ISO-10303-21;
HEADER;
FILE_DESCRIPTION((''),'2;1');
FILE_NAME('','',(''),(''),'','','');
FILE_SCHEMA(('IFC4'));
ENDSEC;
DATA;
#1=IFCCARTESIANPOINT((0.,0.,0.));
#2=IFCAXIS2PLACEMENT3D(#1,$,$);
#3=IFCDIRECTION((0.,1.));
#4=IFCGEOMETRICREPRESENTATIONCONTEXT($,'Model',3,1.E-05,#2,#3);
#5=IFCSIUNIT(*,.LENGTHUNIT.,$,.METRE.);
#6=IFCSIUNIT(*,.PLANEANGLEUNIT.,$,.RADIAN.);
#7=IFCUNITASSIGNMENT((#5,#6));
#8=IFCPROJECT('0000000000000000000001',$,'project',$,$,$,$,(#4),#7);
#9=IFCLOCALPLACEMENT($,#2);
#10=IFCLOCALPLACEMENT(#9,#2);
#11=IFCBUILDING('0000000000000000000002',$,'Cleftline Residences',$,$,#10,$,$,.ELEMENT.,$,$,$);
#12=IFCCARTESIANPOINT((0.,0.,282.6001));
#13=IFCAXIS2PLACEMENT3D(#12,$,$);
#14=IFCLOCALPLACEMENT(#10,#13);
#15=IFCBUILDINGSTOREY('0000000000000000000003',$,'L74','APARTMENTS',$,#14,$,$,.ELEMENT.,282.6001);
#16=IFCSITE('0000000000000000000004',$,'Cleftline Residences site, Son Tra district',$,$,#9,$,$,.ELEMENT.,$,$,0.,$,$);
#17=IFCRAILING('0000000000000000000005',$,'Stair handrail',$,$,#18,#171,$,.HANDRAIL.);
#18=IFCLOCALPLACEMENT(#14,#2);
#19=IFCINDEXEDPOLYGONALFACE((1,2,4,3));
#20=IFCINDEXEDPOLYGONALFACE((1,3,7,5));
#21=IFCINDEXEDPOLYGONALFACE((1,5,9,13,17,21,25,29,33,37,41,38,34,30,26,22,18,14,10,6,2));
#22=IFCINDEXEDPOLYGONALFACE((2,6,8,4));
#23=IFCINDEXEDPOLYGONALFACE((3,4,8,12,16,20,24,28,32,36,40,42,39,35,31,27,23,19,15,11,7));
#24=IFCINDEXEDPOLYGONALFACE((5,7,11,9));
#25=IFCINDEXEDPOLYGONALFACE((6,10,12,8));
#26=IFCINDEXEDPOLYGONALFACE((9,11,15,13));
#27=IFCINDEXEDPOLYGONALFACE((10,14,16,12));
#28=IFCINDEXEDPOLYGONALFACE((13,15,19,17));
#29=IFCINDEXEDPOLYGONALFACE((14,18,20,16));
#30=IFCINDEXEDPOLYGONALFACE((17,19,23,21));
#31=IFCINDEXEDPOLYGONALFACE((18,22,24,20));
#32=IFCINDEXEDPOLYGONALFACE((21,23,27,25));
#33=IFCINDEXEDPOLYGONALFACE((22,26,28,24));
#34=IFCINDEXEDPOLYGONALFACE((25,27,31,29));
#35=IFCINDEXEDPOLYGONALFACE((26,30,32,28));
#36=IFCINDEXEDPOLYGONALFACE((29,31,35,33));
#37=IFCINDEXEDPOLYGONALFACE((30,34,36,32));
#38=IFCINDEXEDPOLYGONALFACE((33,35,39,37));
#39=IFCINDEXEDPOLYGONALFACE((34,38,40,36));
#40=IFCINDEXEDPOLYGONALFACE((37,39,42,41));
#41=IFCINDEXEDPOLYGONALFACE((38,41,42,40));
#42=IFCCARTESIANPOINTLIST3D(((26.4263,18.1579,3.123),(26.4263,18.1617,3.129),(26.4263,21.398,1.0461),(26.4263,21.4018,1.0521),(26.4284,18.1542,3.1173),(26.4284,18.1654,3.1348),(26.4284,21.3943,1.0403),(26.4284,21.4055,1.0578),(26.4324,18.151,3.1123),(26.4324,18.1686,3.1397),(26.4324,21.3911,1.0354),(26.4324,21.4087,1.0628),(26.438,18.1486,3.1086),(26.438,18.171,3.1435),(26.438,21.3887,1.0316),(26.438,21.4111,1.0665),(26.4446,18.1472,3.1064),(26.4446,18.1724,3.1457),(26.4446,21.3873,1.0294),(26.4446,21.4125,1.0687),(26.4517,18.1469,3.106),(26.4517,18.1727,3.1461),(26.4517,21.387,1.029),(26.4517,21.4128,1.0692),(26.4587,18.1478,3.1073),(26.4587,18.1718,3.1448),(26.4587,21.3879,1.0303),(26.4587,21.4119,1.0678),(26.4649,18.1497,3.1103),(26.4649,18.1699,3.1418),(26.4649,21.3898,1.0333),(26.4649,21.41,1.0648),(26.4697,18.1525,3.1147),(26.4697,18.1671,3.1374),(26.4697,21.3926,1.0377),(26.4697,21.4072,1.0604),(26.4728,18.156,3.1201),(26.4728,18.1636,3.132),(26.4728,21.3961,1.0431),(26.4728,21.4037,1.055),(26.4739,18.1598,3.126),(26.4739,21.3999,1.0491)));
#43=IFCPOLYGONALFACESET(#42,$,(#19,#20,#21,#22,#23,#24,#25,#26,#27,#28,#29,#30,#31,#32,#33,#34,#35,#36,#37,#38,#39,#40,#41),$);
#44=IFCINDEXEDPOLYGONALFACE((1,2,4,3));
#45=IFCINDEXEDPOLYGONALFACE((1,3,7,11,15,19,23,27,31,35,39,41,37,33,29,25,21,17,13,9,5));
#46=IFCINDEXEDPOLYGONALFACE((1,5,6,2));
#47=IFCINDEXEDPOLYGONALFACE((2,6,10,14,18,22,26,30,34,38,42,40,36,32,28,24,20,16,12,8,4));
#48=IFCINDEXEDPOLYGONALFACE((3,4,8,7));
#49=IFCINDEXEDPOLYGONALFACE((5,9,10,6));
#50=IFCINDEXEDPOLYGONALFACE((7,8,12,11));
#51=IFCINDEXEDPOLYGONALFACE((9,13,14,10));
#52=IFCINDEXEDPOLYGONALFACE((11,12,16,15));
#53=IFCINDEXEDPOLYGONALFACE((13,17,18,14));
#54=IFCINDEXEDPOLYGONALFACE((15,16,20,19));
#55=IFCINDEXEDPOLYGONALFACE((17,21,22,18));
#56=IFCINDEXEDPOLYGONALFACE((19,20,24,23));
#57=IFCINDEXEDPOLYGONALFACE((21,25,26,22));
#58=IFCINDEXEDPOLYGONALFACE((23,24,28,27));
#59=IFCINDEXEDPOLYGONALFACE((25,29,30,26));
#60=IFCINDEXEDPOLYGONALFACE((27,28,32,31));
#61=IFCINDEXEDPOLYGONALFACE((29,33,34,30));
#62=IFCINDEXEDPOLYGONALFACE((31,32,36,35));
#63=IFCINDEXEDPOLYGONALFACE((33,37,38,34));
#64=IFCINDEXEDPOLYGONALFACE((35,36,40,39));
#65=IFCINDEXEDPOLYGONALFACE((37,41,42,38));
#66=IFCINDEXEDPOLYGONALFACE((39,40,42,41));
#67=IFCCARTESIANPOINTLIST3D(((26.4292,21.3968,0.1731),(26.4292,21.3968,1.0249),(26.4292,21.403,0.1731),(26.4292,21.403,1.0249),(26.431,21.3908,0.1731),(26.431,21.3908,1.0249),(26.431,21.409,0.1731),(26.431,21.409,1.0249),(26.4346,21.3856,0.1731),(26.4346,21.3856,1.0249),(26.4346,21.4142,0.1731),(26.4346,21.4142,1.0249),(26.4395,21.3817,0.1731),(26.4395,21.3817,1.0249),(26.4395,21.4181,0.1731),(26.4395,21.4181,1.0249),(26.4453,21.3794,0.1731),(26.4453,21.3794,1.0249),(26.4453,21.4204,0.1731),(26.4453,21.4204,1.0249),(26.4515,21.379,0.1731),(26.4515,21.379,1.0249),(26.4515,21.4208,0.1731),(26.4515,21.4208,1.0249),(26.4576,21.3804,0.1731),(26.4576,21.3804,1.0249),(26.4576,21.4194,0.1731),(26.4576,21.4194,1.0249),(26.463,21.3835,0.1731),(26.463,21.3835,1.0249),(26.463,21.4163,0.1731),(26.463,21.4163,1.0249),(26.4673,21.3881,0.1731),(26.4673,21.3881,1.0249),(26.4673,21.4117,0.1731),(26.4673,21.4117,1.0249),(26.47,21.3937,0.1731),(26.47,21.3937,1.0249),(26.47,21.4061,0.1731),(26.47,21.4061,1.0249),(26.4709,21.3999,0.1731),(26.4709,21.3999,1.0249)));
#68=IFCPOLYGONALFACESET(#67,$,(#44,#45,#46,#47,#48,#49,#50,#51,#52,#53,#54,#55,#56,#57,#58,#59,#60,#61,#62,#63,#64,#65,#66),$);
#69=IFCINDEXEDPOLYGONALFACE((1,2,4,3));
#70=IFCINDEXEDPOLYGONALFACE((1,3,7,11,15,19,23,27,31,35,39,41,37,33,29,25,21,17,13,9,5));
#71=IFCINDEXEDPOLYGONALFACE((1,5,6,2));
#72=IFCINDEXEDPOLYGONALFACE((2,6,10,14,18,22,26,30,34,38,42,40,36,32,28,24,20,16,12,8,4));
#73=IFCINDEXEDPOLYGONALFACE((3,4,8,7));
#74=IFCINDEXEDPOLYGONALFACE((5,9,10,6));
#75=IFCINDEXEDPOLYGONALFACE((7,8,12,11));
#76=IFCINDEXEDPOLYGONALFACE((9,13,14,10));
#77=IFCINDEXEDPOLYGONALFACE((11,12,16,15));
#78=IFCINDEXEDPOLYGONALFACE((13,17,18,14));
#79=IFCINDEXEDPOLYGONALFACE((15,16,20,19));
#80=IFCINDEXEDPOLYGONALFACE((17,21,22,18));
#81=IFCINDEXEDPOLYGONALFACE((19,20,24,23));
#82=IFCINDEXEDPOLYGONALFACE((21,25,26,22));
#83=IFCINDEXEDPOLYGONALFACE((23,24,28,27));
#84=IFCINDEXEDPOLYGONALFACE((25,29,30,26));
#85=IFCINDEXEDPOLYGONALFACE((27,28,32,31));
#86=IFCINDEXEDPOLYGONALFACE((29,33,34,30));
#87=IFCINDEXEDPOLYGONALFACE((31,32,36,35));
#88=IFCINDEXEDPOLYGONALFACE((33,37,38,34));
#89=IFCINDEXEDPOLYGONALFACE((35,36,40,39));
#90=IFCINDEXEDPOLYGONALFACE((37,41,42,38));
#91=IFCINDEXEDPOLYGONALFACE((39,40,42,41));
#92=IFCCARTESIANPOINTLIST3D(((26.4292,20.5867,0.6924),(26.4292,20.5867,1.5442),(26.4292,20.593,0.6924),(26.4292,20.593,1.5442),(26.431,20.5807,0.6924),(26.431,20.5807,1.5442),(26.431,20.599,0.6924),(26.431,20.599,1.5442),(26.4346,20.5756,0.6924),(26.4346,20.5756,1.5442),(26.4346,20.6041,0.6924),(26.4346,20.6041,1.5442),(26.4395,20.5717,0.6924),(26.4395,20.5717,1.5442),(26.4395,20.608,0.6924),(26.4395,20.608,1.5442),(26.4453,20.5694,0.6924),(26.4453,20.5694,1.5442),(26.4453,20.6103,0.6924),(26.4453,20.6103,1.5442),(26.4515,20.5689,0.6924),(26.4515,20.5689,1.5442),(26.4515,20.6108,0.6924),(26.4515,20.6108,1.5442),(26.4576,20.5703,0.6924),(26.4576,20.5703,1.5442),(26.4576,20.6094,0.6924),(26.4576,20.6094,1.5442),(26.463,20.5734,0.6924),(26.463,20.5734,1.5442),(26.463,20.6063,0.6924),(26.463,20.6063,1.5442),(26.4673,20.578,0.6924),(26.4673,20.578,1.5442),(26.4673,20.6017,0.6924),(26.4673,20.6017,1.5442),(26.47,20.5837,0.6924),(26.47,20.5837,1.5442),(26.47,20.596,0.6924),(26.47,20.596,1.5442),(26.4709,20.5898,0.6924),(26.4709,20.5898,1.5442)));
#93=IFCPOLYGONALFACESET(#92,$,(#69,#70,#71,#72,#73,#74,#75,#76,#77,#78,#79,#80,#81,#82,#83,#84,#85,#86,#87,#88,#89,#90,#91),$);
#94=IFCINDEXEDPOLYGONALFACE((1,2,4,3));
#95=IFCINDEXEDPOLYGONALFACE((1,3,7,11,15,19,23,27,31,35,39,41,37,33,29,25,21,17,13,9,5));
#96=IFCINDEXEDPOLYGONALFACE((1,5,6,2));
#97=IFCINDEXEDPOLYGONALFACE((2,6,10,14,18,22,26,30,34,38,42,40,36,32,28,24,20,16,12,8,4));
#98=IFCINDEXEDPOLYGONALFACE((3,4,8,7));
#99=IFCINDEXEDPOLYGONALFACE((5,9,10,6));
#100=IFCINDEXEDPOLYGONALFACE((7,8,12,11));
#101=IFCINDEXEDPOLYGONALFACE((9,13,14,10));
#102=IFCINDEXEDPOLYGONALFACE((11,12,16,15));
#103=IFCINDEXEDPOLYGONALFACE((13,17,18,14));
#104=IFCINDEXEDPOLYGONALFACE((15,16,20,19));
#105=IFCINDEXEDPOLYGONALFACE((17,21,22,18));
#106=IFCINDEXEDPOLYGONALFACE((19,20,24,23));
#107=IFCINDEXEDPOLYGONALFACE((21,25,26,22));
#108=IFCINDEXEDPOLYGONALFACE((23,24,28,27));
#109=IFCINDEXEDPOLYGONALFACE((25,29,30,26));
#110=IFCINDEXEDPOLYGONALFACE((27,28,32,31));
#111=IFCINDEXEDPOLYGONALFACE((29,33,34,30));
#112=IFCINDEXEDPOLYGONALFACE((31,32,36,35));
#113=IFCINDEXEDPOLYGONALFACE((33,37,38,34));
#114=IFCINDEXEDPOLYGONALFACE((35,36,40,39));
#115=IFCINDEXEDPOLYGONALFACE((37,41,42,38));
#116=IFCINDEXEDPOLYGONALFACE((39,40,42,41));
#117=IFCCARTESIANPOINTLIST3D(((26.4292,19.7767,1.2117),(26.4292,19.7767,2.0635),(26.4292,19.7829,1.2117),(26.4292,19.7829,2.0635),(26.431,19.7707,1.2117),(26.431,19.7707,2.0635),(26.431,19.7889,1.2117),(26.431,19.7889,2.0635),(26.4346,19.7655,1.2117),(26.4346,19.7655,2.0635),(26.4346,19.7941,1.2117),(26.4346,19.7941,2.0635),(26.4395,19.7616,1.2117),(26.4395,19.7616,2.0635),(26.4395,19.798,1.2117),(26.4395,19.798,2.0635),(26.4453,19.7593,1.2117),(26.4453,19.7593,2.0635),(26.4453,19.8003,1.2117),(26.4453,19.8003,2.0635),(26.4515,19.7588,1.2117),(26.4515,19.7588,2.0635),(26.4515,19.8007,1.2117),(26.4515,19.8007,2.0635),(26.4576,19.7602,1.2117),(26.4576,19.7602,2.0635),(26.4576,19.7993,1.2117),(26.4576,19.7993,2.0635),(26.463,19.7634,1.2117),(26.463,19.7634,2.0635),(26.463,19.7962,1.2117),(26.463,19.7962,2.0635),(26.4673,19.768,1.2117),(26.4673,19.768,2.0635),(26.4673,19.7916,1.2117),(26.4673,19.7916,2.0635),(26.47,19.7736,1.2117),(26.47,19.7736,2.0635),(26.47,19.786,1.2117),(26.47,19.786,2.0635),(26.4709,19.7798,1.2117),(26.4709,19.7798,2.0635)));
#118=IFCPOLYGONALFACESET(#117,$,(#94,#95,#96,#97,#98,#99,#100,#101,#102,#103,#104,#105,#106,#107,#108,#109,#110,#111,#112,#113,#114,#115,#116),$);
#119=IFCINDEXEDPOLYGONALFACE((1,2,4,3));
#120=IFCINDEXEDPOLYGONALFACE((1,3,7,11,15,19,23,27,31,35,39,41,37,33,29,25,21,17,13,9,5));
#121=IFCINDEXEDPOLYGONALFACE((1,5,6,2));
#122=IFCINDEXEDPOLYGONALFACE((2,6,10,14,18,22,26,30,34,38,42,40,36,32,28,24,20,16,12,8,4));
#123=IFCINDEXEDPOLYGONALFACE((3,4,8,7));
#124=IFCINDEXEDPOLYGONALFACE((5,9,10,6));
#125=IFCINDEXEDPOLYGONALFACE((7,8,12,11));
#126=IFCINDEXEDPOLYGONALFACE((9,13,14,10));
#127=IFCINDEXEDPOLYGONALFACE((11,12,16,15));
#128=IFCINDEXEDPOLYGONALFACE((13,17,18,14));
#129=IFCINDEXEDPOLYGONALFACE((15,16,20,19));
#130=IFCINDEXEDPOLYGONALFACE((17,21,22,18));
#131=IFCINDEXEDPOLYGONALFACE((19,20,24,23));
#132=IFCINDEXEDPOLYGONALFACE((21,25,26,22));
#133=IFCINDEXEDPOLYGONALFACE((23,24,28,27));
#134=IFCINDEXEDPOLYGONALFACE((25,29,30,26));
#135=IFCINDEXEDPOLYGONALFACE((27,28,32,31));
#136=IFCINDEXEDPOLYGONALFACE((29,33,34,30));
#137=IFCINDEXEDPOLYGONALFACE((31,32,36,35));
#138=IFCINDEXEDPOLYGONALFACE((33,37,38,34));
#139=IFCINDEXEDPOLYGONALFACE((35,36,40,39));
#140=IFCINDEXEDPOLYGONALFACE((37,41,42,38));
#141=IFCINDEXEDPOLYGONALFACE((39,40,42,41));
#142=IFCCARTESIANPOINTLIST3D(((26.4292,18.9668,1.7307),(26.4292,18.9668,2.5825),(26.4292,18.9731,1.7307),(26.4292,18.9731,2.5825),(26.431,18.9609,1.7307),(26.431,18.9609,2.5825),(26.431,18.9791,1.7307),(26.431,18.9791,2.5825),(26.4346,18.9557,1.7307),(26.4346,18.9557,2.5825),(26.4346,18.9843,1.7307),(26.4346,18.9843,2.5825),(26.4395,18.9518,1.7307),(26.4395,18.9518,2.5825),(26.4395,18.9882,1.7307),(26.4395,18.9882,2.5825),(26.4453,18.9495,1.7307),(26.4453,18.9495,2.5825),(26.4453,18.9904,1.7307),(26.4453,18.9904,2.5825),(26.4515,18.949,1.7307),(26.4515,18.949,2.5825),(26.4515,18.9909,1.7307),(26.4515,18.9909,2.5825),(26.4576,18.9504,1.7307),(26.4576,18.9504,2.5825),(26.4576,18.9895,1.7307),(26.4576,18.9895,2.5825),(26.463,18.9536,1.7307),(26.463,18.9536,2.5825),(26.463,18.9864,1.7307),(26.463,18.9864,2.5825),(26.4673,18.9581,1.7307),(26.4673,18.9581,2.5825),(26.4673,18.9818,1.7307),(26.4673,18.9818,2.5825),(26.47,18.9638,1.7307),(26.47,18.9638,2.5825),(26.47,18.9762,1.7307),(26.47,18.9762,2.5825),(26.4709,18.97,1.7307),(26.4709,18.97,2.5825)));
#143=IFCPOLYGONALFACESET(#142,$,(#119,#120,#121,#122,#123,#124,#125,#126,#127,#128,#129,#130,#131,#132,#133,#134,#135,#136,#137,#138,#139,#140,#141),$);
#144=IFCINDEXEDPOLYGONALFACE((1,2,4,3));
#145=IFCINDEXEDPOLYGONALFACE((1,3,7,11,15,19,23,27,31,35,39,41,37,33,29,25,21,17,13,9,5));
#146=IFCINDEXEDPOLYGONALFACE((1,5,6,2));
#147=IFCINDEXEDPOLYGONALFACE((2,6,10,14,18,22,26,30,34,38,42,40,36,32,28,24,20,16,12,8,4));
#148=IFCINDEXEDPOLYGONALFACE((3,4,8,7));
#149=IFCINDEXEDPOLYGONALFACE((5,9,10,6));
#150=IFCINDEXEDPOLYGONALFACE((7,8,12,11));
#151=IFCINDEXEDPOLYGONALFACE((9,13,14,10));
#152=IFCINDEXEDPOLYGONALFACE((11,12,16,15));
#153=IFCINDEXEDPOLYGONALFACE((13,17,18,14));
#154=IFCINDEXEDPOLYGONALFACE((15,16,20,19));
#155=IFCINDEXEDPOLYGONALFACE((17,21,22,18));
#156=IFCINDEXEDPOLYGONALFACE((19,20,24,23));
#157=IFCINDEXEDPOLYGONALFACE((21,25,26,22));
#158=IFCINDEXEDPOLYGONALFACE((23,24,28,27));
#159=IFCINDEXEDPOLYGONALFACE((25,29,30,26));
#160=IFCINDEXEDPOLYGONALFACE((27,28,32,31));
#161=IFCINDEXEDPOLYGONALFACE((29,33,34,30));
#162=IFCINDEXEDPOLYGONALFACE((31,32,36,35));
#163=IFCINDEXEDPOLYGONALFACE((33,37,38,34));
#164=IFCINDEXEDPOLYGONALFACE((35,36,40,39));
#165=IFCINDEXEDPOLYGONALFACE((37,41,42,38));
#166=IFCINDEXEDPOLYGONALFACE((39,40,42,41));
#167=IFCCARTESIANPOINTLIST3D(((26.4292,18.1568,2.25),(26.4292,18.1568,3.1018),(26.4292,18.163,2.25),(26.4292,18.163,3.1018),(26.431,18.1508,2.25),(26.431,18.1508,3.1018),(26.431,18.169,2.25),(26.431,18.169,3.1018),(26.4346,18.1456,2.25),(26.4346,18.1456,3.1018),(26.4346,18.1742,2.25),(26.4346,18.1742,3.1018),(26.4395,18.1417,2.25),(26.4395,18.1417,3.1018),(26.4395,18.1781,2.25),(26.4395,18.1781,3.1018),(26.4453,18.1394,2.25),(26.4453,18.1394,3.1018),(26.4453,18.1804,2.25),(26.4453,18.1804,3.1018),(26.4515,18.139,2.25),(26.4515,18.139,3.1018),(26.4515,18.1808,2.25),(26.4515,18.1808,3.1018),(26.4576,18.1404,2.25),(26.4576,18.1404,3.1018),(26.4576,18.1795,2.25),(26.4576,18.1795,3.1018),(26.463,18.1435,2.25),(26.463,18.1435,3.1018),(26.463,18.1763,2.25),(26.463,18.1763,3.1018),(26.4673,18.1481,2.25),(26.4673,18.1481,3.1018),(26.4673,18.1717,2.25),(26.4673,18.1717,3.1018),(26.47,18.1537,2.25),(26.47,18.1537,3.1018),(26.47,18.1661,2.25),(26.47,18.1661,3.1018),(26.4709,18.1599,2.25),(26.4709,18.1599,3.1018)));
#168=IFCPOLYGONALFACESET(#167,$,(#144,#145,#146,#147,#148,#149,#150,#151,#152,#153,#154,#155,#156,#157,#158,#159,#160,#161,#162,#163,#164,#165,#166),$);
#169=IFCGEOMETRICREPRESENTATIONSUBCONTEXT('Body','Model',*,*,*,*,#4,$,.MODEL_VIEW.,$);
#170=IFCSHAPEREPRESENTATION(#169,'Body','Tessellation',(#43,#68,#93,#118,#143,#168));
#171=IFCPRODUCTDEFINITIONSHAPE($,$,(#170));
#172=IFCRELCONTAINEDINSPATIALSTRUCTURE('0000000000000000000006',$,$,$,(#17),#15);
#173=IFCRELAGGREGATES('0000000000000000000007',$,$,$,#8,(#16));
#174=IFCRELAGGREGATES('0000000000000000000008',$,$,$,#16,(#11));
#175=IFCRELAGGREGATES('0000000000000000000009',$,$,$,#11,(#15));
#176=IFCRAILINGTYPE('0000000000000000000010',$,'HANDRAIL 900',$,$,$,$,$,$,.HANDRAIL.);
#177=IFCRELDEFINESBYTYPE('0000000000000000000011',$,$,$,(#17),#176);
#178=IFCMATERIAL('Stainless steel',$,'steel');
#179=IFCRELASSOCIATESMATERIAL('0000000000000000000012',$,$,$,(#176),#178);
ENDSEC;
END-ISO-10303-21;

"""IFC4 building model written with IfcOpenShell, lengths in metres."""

from ifc_helpers import new_model, si_unit, direction, frame, origin, origin_2d, place, context, subcontext, project, spatial, circle, extrude, material, type_object, element, save


model = new_model("IFC4")

# Units and contexts
model_context = context("Model", 3, precision=1e-05, world=origin(), true_north=direction((0.0, 1.0)))
body_context = subcontext(model_context, "Body", "Model", "MODEL_VIEW")
ifc_project = project(units=[si_unit("LENGTHUNIT", "METRE"), si_unit("PLANEANGLEUNIT", "RADIAN")], contexts=[model_context])

# Site, building, storey
site_placement = place(None, origin())
site = spatial("IfcSite", under=ifc_project, at=site_placement, Name="Cleftline Residences site, Son Tra district", CompositionType="ELEMENT", RefElevation=0.0)
building_placement = place(site_placement, origin())
building = spatial("IfcBuilding", under=site, at=building_placement, Name="Cleftline Residences", CompositionType="ELEMENT")
storey_placement = place(building_placement, frame((0.0, 0.0, 282.6001)))
storey = spatial("IfcBuildingStorey", under=building, at=storey_placement, Name="L74", Description="APARTMENTS", CompositionType="ELEMENT", Elevation=282.6001)

# Railing
ifc_material_1 = material(Name="Stainless steel", Category="steel")
railing_type = type_object("IfcRailingType", Name="HANDRAIL 900", PredefinedType="HANDRAIL", material=ifc_material_1)
railing_1_placement = place(storey_placement, frame((26.45, 21.3999, 0.1731)))
element("IfcRailing", 1, at=railing_1_placement, inside=storey, type_object=railing_type, Name="Stair handrail", PredefinedType="HANDRAIL", context=body_context, shape_type="SweptSolid", body=[
    extrude(circle(Radius=0.0239, at=origin_2d()), frame((0.0, 0.0, 0.876), z_axis=(0.0, -0.841881, 0.539664), x_axis=(1.0, 0.0, 0.0)), (0.0, 0.0, 1.0), 3.8486),
    extrude(circle(Radius=0.021, at=origin_2d()), origin(), (0.0, 0.0, 1.0), 0.8518),
    extrude(circle(Radius=0.021, at=origin_2d()), frame((0.0, -0.8101, 0.5193)), (0.0, 0.0, 1.0), 0.8518),
    extrude(circle(Radius=0.021, at=origin_2d()), frame((0.0, -1.6201, 1.0386)), (0.0, 0.0, 1.0), 0.8518),
    extrude(circle(Radius=0.021, at=origin_2d()), frame((0.0, -2.4299, 1.5576)), (0.0, 0.0, 1.0), 0.8518),
    extrude(circle(Radius=0.021, at=origin_2d()), frame((0.0, -3.24, 2.0769)), (0.0, 0.0, 1.0), 0.8518),
])

save(model, "model.ifc")
